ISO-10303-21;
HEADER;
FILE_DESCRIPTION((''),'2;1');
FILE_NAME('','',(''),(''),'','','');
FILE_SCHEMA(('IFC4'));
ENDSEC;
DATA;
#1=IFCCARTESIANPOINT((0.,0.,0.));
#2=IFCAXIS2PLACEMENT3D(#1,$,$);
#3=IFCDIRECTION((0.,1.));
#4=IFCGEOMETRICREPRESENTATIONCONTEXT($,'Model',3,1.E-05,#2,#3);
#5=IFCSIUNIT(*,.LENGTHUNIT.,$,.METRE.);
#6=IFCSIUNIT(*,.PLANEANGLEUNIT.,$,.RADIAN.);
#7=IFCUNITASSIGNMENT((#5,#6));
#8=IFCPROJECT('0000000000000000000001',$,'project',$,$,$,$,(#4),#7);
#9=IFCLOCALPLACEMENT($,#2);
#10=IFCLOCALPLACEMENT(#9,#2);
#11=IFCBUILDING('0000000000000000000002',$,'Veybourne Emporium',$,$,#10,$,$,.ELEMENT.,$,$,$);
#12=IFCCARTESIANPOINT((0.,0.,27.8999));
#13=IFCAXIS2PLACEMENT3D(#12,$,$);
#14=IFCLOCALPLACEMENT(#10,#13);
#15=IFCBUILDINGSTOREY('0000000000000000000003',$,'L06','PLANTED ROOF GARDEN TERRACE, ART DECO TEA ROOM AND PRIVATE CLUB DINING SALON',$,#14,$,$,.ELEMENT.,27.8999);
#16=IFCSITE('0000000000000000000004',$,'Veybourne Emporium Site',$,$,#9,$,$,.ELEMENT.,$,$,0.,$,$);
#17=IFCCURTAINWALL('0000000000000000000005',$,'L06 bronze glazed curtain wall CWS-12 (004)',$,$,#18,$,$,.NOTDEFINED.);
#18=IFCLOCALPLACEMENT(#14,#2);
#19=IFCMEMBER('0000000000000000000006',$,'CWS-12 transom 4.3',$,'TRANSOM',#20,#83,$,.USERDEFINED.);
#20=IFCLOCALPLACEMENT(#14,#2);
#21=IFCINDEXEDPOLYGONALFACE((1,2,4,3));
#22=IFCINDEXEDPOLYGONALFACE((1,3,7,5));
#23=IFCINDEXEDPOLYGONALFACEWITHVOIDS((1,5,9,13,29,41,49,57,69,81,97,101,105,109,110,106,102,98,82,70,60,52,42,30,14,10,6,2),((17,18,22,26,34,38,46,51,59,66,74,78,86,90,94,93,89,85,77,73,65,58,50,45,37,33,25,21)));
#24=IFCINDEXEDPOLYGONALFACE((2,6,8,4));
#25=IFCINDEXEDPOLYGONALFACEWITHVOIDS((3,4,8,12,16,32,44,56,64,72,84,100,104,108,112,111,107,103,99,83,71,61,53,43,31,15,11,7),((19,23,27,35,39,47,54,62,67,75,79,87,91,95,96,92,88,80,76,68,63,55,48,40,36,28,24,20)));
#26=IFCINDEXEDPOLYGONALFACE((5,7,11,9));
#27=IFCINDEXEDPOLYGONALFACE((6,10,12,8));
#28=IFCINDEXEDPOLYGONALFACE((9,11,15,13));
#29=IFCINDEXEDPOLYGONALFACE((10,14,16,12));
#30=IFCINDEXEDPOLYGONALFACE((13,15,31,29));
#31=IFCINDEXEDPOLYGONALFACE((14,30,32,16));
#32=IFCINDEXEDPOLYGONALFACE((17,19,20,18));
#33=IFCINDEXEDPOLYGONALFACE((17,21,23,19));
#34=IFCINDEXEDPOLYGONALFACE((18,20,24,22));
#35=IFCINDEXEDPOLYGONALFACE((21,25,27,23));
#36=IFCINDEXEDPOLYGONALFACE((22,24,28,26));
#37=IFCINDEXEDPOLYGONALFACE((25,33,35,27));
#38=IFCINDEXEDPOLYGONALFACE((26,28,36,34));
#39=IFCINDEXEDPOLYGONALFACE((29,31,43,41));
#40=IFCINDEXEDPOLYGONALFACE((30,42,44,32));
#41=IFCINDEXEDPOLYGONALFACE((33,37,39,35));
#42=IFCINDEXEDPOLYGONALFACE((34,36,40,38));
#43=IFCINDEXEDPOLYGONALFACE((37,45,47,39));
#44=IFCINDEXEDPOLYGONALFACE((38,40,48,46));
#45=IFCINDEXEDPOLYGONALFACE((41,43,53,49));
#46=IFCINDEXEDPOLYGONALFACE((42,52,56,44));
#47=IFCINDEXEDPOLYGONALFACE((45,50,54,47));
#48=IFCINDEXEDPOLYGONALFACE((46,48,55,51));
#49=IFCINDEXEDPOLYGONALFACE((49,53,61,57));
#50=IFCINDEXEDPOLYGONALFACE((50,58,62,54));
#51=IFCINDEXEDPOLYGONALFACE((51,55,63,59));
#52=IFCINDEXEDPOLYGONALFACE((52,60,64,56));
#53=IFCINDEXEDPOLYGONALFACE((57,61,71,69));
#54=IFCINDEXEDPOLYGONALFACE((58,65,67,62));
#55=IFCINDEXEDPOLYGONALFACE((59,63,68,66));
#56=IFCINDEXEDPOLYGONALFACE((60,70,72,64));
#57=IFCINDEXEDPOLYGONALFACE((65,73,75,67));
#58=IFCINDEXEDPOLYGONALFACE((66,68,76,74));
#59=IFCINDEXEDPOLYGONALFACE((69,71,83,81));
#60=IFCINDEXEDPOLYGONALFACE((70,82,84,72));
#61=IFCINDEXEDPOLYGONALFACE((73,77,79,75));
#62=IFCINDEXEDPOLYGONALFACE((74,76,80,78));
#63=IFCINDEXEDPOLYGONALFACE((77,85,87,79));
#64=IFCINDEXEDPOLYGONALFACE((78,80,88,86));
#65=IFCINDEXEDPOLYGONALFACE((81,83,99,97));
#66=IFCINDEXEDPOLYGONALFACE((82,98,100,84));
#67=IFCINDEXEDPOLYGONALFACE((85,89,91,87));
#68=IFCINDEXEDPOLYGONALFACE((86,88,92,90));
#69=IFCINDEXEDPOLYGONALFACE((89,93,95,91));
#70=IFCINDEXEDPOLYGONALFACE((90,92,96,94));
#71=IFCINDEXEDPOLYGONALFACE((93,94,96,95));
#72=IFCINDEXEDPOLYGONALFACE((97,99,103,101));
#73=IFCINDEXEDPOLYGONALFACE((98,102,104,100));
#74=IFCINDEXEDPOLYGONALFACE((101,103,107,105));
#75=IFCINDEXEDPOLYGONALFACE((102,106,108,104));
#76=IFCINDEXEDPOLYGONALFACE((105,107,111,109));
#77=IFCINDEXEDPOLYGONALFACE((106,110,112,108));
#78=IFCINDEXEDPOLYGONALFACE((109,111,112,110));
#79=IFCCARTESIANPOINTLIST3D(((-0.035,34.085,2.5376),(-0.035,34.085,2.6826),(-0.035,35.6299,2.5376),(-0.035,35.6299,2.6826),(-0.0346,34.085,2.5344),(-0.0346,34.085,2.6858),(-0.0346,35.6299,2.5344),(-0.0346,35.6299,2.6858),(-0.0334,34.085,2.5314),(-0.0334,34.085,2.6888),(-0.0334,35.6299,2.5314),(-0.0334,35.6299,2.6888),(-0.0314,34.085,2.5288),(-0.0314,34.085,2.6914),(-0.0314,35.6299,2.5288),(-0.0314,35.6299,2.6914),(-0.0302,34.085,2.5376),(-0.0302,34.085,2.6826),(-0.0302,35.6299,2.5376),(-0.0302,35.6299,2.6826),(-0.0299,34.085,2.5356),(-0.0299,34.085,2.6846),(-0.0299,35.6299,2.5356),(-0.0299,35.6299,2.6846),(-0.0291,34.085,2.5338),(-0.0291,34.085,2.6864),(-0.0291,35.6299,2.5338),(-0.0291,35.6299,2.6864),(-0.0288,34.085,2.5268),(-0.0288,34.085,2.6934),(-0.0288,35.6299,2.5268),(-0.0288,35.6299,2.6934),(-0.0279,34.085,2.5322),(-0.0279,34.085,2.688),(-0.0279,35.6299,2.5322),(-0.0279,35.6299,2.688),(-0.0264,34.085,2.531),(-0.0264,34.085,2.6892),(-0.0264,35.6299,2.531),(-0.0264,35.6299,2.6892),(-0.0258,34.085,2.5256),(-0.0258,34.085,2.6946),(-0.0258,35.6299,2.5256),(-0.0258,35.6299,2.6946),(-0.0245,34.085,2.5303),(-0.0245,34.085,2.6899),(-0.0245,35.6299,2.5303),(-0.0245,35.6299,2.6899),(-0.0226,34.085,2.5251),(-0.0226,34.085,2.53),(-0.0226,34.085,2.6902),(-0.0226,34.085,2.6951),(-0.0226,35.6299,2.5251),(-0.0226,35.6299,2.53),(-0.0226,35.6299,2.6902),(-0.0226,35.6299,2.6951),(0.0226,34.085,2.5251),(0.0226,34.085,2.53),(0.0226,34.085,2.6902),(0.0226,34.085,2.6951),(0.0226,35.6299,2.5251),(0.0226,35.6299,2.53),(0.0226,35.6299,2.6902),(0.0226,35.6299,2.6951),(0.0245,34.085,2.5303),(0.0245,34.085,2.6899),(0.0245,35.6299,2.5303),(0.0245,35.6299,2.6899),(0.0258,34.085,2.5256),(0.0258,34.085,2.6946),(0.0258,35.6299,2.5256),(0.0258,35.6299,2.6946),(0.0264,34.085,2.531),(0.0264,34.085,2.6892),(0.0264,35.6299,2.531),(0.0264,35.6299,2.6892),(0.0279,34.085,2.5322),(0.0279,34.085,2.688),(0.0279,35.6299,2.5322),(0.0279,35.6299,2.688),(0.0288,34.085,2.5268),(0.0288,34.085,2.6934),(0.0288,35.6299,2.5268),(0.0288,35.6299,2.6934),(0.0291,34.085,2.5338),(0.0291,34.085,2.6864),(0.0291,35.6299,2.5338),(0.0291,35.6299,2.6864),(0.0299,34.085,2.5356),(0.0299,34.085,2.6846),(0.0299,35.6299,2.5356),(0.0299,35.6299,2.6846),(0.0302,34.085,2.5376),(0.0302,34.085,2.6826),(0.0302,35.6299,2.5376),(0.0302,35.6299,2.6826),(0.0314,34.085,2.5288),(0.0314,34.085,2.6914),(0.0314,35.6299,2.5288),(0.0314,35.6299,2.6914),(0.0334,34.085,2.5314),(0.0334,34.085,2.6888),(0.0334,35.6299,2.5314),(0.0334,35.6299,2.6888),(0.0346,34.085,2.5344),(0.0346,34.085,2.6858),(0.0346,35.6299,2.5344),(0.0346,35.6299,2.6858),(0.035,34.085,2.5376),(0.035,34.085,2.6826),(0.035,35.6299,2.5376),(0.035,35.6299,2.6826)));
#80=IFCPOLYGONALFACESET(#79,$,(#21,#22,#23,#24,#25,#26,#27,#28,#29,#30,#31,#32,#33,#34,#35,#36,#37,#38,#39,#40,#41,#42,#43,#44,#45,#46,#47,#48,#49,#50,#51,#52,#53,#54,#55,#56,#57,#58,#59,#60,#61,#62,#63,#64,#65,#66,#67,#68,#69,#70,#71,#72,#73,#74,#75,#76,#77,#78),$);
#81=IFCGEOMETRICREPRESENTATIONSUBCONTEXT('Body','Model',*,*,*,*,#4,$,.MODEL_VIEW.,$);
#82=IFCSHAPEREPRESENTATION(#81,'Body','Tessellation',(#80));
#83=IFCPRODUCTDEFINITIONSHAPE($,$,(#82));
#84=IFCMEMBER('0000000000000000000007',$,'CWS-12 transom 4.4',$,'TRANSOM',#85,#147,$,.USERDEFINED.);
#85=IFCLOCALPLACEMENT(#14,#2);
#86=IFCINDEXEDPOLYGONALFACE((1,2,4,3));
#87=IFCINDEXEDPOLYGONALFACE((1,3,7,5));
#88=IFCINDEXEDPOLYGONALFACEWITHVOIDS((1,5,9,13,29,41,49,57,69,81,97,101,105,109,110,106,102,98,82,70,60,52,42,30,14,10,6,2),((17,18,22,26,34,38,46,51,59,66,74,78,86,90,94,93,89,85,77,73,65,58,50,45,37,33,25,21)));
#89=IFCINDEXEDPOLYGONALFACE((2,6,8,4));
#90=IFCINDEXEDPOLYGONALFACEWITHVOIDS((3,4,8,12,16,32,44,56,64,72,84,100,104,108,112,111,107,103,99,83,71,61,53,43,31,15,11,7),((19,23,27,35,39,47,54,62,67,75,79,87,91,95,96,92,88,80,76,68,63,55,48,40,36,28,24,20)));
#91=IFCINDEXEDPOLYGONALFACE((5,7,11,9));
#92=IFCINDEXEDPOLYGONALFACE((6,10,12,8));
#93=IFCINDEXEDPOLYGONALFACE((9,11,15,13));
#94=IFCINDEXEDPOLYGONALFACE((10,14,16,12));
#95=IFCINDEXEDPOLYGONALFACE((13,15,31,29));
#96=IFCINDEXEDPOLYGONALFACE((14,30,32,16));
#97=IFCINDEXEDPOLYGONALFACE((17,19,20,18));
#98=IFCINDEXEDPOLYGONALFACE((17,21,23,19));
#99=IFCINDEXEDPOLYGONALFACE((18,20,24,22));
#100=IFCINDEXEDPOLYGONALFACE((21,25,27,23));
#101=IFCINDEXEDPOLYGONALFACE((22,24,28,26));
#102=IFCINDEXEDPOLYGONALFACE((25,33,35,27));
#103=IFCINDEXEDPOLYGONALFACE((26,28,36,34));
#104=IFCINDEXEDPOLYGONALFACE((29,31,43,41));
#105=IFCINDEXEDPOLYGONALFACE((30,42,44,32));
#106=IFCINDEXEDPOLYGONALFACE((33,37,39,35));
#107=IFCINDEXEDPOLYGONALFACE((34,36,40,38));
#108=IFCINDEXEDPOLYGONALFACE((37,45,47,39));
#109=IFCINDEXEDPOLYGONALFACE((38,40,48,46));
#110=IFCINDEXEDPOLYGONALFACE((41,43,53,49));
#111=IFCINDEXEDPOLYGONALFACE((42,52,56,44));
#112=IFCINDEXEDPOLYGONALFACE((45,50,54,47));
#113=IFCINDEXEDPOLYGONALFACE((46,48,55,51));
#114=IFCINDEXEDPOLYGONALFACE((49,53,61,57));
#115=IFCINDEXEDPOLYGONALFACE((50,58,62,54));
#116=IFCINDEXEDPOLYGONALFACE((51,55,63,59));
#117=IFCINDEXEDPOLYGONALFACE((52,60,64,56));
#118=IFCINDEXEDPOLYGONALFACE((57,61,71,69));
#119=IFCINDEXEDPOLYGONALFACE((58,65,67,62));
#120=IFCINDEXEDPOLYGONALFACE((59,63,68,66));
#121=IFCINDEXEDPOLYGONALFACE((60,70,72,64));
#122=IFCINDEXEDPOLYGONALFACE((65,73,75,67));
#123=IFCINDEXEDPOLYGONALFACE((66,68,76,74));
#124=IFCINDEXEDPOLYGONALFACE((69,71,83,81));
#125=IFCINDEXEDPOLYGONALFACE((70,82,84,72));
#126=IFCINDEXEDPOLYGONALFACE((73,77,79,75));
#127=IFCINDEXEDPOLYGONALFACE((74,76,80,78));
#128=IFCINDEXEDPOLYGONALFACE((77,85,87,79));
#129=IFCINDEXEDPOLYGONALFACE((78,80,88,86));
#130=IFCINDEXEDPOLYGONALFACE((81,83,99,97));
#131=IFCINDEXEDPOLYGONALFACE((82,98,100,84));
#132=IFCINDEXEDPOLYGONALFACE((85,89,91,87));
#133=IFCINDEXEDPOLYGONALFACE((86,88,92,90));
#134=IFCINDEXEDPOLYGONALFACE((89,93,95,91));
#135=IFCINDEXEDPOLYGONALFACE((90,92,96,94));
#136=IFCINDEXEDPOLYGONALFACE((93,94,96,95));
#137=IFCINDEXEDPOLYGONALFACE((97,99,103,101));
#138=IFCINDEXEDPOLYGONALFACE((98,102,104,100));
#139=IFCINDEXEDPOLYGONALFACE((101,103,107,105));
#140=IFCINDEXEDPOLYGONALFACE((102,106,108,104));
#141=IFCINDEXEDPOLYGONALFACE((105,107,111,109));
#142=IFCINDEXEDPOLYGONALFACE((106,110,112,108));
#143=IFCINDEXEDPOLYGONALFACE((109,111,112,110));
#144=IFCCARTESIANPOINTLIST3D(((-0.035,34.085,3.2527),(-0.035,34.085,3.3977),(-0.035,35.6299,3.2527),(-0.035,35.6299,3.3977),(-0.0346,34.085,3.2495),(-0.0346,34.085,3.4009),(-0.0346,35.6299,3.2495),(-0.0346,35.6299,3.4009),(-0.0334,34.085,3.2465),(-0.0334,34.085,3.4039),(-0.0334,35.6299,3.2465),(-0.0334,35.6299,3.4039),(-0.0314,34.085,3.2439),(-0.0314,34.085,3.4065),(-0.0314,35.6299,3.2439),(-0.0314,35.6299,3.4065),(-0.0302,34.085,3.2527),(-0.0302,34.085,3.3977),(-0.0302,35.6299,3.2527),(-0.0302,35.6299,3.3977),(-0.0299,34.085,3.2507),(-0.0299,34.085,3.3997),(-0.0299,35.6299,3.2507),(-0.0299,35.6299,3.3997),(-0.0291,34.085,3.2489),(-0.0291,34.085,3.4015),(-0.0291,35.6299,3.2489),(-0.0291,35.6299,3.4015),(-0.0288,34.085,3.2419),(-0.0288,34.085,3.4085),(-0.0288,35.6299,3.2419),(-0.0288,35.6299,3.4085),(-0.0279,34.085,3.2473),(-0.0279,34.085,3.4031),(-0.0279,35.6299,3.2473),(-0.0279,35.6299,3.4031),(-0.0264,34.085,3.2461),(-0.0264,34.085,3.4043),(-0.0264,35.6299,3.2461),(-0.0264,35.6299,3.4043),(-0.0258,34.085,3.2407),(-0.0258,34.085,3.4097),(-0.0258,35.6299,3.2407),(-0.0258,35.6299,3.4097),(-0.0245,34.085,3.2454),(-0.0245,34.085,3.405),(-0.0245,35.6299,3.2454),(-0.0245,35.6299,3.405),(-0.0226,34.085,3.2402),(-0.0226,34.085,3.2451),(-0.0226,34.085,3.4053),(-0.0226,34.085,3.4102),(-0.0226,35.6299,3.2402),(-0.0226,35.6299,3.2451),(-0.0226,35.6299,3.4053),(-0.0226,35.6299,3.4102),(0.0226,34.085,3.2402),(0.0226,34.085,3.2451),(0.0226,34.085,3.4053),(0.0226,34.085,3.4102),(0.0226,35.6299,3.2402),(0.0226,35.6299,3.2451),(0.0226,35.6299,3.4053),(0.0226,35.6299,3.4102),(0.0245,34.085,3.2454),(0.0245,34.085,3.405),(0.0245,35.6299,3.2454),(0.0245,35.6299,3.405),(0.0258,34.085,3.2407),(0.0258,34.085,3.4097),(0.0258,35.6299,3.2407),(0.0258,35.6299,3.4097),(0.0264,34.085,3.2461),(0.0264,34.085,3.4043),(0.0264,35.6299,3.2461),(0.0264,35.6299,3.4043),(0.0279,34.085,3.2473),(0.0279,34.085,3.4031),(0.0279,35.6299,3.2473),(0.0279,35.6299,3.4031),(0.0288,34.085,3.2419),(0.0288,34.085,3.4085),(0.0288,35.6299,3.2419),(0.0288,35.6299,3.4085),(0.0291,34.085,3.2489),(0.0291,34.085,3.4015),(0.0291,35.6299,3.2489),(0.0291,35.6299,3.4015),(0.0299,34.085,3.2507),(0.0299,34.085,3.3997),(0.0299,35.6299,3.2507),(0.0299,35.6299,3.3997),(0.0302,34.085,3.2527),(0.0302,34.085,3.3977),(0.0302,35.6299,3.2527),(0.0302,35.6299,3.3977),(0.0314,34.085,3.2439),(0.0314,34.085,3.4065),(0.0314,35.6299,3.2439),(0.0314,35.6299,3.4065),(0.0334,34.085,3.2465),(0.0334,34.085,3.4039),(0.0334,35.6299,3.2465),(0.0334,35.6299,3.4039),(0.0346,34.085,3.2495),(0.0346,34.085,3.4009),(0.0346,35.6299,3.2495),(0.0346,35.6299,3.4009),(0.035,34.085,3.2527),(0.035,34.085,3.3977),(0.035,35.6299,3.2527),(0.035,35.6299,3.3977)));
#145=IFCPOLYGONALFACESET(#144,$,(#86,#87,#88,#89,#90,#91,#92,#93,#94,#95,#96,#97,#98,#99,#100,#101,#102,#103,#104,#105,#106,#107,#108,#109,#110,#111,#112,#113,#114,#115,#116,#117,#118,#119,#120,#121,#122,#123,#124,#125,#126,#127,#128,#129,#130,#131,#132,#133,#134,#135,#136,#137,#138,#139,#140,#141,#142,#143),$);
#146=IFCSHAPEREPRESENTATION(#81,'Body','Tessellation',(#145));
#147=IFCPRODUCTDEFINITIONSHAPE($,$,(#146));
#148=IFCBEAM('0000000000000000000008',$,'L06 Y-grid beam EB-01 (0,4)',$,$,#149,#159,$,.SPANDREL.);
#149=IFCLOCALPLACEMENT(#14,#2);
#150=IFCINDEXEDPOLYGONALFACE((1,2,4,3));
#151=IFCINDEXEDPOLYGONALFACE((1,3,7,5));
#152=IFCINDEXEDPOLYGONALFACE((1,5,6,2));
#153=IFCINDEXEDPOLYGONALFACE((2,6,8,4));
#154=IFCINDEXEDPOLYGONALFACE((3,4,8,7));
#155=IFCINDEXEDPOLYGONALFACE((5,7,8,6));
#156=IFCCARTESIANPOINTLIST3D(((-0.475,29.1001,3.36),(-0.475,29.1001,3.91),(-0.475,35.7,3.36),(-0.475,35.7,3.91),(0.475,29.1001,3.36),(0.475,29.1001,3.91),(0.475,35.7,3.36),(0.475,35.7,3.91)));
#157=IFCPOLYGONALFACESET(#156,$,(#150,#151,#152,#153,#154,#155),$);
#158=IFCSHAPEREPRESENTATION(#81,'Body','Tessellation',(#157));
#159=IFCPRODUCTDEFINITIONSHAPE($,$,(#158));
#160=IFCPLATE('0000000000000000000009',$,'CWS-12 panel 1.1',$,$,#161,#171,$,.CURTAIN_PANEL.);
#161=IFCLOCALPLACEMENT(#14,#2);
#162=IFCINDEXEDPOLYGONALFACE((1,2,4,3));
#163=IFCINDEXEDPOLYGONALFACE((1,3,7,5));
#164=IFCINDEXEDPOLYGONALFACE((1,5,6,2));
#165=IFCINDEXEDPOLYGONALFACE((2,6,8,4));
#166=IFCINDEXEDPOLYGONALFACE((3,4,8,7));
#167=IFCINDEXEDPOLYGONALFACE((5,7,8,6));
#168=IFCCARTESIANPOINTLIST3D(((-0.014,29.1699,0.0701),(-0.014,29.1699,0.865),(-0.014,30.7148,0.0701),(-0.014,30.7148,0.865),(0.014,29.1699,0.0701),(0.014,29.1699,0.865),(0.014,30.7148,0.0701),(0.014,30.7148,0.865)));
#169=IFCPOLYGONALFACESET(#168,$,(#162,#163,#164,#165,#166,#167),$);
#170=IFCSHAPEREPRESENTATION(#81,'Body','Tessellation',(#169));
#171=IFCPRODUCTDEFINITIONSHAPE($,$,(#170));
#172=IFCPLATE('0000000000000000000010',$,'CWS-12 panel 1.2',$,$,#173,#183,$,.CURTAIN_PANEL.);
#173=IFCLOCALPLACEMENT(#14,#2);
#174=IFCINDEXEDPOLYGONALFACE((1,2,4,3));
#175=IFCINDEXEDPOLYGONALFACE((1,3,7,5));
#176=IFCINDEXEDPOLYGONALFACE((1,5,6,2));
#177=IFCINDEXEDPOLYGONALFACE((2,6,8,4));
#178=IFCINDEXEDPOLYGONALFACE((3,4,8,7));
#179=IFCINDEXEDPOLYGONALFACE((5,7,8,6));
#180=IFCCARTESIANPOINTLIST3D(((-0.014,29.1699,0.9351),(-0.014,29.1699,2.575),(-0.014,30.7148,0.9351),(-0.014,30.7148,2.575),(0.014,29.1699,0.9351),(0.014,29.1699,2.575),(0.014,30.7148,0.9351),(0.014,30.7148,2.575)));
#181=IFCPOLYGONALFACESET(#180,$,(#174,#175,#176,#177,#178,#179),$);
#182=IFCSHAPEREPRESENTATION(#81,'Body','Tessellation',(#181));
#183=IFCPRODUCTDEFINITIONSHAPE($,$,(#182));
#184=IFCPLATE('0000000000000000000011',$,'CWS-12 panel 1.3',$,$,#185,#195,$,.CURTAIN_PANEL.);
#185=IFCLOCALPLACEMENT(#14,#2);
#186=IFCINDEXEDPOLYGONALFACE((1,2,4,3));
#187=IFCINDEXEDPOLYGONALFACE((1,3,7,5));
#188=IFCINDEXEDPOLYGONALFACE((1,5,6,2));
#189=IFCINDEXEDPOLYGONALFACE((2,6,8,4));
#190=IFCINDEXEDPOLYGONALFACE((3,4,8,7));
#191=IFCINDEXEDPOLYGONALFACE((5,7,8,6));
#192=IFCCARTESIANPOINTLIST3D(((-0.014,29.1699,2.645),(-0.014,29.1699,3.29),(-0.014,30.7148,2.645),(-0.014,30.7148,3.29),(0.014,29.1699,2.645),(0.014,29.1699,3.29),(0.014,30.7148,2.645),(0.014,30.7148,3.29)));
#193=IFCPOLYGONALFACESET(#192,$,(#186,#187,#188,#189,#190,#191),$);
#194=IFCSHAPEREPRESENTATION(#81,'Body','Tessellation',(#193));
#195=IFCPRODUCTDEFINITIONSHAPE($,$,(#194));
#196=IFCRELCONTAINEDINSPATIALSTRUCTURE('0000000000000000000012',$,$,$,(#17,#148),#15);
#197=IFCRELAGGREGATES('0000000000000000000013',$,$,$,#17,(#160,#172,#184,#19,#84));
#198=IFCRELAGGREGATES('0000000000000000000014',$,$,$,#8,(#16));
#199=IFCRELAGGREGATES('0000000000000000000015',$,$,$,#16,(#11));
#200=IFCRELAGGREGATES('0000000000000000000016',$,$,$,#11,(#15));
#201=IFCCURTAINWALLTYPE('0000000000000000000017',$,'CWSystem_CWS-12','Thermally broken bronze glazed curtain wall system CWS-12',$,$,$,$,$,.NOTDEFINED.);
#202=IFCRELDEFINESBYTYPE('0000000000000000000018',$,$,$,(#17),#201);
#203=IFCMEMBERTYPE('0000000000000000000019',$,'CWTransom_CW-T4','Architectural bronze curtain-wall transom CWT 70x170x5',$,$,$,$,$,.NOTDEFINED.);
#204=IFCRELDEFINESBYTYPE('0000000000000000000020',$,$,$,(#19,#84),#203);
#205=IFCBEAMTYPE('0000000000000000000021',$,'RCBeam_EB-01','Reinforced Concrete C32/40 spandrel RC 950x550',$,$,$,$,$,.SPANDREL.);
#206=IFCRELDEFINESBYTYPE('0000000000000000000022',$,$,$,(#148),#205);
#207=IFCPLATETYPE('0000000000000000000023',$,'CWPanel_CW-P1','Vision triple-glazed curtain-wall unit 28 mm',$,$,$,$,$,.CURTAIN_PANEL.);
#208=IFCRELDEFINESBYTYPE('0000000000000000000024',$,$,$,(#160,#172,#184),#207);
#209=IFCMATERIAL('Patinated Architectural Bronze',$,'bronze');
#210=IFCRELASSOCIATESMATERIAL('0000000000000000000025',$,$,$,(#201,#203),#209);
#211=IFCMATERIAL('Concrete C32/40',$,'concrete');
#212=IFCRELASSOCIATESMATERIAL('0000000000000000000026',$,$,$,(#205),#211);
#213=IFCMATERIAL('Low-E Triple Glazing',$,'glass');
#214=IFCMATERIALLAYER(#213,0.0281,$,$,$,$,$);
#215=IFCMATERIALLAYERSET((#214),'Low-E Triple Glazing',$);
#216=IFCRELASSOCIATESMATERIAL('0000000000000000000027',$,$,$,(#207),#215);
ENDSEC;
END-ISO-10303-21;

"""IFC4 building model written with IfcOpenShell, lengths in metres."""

from ifc_helpers import new_model, si_unit, direction, frame, origin, origin_2d, place, context, subcontext, project, spatial, rectangle, hollow_rectangle, extrude, material, layer, layer_set, material_profile, profile_set, type_object, element, aggregate, save


model = new_model("IFC4")

# Units and contexts
model_context = context("Model", 3, precision=1e-05, world=origin(), true_north=direction((0.0, 1.0)))
body_context = subcontext(model_context, "Body", "Model", "MODEL_VIEW")
ifc_project = project(units=[si_unit("LENGTHUNIT", "METRE"), si_unit("PLANEANGLEUNIT", "RADIAN")], contexts=[model_context])

# Site, building, storey
site_placement = place(None, origin())
site = spatial("IfcSite", under=ifc_project, at=site_placement, Name="Veybourne Emporium Site", CompositionType="ELEMENT", RefElevation=0.0)
building_placement = place(site_placement, origin())
building = spatial("IfcBuilding", under=site, at=building_placement, Name="Veybourne Emporium", CompositionType="ELEMENT")
storey_placement = place(building_placement, frame((0.0, 0.0, 27.8999)))
storey = spatial("IfcBuildingStorey", under=building, at=storey_placement, Name="L06", Description="PLANTED ROOF GARDEN TERRACE, ART DECO TEA ROOM AND PRIVATE CLUB DINING SALON", CompositionType="ELEMENT", Elevation=27.8999)

# Curtain wall, members
ifc_material_1 = material(Name="Patinated Architectural Bronze", Category="bronze")
curtain_wall_type = type_object("IfcCurtainWallType", Name="CWSystem_CWS-12", Description="Thermally broken bronze glazed curtain wall system CWS-12", PredefinedType="NOTDEFINED", material=ifc_material_1)
curtain_wall_placement = place(storey_placement, origin())
curtain_wall = element("IfcCurtainWall", 1, at=curtain_wall_placement, inside=storey, type_object=curtain_wall_type, Name="L06 bronze glazed curtain wall CWS-12 (004)", PredefinedType="NOTDEFINED")
ifc_material_profile_1 = material_profile(ifc_material_1, hollow_rectangle(XDim=0.0701, YDim=0.1699, WallThickness=0.0049, InnerFilletRadius=0.0076, OuterFilletRadius=0.0125, at=origin_2d()), Name="CWT 70x170x5")
ifc_profile_set_1 = profile_set([ifc_material_profile_1], Name="Patinated Architectural Bronze")
member_type_1 = type_object("IfcMemberType", Name="CWTransom_CW-T4", Description="Architectural bronze curtain-wall transom CWT 70x170x5", PredefinedType="NOTDEFINED", material=ifc_profile_set_1)
member_1_placement = place(storey_placement, frame((0.0, 34.085, 2.6101), z_axis=(0.0, 1.0, 0.0), x_axis=(-1.0, 0.0, 0.0)))
member_1 = element("IfcMember", 2, at=member_1_placement, type_object=member_type_1, Name="CWS-12 transom 4.3", ObjectType="TRANSOM", PredefinedType="USERDEFINED", context=body_context, shape_type="SweptSolid", body=[
    extrude(hollow_rectangle(XDim=0.0701, YDim=0.1699, WallThickness=0.0049, InnerFilletRadius=0.0076, OuterFilletRadius=0.0125, at=origin_2d()), origin(), (0.0, 0.0, 1.0), 1.5449),
])
member_2_placement = place(storey_placement, frame((0.0, 34.085, 3.3252), z_axis=(0.0, 1.0, 0.0), x_axis=(-1.0, 0.0, 0.0)))
member_2 = element("IfcMember", 3, at=member_2_placement, type_object=member_type_1, Name="CWS-12 transom 4.4", ObjectType="TRANSOM", PredefinedType="USERDEFINED", context=body_context, shape_type="SweptSolid", body=[
    extrude(hollow_rectangle(XDim=0.0701, YDim=0.1699, WallThickness=0.0049, InnerFilletRadius=0.0076, OuterFilletRadius=0.0125, at=origin_2d()), origin(), (0.0, 0.0, 1.0), 1.5449),
])

# Beam
ifc_material_2 = material(Name="Concrete C32/40", Category="concrete")
ifc_material_profile_2 = material_profile(ifc_material_2, rectangle(XDim=0.95, YDim=0.55, at=origin_2d()), Name="RC 950x550")
ifc_profile_set_2 = profile_set([ifc_material_profile_2], Name="Concrete C32/40")
beam_type = type_object("IfcBeamType", Name="RCBeam_EB-01", Description="Reinforced Concrete C32/40 spandrel RC 950x550", PredefinedType="SPANDREL", material=ifc_profile_set_2)
beam_placement = place(storey_placement, frame((0.0, 29.1001, 3.635), z_axis=(0.0, 1.0, 0.0), x_axis=(-1.0, 0.0, 0.0)))
element("IfcBeam", 4, at=beam_placement, inside=storey, type_object=beam_type, Name="L06 Y-grid beam EB-01 (0,4)", PredefinedType="SPANDREL", context=body_context, shape_type="SweptSolid", body=[
    extrude(rectangle(XDim=0.95, YDim=0.55, at=origin_2d()), origin(), (0.0, 0.0, 1.0), 6.5999),
])

# Plates
ifc_material_3 = material(Name="Low-E Triple Glazing", Category="glass")
ifc_layer_1 = layer(ifc_material_3, 0.0281)
ifc_layer_set_1 = layer_set([ifc_layer_1], Name="Low-E Triple Glazing")
plate_type = type_object("IfcPlateType", Name="CWPanel_CW-P1", Description="Vision triple-glazed curtain-wall unit 28 mm", PredefinedType="CURTAIN_PANEL", material=ifc_layer_set_1)
plate_1_placement = place(storey_placement, frame((0.0, 29.9424, 0.0701), z_axis=(0.0, 0.0, 1.0), x_axis=(0.0, 1.0, 0.0)))
plate_1 = element("IfcPlate", 5, at=plate_1_placement, type_object=plate_type, Name="CWS-12 panel 1.1", PredefinedType="CURTAIN_PANEL", context=body_context, shape_type="SweptSolid", body=[
    extrude(rectangle(XDim=1.5449, YDim=0.0281, at=origin_2d()), origin(), (0.0, 0.0, 1.0), 0.7949),
])
plate_2_placement = place(storey_placement, frame((0.0, 29.9424, 0.9351), z_axis=(0.0, 0.0, 1.0), x_axis=(0.0, 1.0, 0.0)))
plate_2 = element("IfcPlate", 6, at=plate_2_placement, type_object=plate_type, Name="CWS-12 panel 1.2", PredefinedType="CURTAIN_PANEL", context=body_context, shape_type="SweptSolid", body=[
    extrude(rectangle(XDim=1.5449, YDim=0.0281, at=origin_2d()), origin(), (0.0, 0.0, 1.0), 1.6399),
])
plate_3_placement = place(storey_placement, frame((0.0, 29.9424, 2.645), z_axis=(0.0, 0.0, 1.0), x_axis=(0.0, 1.0, 0.0)))
plate_3 = element("IfcPlate", 7, at=plate_3_placement, type_object=plate_type, Name="CWS-12 panel 1.3", PredefinedType="CURTAIN_PANEL", context=body_context, shape_type="SweptSolid", body=[
    extrude(rectangle(XDim=1.5449, YDim=0.0281, at=origin_2d()), origin(), (0.0, 0.0, 1.0), 0.645),
])
aggregate(curtain_wall, [plate_1, plate_2, plate_3, member_1, member_2])

save(model, "model.ifc")
